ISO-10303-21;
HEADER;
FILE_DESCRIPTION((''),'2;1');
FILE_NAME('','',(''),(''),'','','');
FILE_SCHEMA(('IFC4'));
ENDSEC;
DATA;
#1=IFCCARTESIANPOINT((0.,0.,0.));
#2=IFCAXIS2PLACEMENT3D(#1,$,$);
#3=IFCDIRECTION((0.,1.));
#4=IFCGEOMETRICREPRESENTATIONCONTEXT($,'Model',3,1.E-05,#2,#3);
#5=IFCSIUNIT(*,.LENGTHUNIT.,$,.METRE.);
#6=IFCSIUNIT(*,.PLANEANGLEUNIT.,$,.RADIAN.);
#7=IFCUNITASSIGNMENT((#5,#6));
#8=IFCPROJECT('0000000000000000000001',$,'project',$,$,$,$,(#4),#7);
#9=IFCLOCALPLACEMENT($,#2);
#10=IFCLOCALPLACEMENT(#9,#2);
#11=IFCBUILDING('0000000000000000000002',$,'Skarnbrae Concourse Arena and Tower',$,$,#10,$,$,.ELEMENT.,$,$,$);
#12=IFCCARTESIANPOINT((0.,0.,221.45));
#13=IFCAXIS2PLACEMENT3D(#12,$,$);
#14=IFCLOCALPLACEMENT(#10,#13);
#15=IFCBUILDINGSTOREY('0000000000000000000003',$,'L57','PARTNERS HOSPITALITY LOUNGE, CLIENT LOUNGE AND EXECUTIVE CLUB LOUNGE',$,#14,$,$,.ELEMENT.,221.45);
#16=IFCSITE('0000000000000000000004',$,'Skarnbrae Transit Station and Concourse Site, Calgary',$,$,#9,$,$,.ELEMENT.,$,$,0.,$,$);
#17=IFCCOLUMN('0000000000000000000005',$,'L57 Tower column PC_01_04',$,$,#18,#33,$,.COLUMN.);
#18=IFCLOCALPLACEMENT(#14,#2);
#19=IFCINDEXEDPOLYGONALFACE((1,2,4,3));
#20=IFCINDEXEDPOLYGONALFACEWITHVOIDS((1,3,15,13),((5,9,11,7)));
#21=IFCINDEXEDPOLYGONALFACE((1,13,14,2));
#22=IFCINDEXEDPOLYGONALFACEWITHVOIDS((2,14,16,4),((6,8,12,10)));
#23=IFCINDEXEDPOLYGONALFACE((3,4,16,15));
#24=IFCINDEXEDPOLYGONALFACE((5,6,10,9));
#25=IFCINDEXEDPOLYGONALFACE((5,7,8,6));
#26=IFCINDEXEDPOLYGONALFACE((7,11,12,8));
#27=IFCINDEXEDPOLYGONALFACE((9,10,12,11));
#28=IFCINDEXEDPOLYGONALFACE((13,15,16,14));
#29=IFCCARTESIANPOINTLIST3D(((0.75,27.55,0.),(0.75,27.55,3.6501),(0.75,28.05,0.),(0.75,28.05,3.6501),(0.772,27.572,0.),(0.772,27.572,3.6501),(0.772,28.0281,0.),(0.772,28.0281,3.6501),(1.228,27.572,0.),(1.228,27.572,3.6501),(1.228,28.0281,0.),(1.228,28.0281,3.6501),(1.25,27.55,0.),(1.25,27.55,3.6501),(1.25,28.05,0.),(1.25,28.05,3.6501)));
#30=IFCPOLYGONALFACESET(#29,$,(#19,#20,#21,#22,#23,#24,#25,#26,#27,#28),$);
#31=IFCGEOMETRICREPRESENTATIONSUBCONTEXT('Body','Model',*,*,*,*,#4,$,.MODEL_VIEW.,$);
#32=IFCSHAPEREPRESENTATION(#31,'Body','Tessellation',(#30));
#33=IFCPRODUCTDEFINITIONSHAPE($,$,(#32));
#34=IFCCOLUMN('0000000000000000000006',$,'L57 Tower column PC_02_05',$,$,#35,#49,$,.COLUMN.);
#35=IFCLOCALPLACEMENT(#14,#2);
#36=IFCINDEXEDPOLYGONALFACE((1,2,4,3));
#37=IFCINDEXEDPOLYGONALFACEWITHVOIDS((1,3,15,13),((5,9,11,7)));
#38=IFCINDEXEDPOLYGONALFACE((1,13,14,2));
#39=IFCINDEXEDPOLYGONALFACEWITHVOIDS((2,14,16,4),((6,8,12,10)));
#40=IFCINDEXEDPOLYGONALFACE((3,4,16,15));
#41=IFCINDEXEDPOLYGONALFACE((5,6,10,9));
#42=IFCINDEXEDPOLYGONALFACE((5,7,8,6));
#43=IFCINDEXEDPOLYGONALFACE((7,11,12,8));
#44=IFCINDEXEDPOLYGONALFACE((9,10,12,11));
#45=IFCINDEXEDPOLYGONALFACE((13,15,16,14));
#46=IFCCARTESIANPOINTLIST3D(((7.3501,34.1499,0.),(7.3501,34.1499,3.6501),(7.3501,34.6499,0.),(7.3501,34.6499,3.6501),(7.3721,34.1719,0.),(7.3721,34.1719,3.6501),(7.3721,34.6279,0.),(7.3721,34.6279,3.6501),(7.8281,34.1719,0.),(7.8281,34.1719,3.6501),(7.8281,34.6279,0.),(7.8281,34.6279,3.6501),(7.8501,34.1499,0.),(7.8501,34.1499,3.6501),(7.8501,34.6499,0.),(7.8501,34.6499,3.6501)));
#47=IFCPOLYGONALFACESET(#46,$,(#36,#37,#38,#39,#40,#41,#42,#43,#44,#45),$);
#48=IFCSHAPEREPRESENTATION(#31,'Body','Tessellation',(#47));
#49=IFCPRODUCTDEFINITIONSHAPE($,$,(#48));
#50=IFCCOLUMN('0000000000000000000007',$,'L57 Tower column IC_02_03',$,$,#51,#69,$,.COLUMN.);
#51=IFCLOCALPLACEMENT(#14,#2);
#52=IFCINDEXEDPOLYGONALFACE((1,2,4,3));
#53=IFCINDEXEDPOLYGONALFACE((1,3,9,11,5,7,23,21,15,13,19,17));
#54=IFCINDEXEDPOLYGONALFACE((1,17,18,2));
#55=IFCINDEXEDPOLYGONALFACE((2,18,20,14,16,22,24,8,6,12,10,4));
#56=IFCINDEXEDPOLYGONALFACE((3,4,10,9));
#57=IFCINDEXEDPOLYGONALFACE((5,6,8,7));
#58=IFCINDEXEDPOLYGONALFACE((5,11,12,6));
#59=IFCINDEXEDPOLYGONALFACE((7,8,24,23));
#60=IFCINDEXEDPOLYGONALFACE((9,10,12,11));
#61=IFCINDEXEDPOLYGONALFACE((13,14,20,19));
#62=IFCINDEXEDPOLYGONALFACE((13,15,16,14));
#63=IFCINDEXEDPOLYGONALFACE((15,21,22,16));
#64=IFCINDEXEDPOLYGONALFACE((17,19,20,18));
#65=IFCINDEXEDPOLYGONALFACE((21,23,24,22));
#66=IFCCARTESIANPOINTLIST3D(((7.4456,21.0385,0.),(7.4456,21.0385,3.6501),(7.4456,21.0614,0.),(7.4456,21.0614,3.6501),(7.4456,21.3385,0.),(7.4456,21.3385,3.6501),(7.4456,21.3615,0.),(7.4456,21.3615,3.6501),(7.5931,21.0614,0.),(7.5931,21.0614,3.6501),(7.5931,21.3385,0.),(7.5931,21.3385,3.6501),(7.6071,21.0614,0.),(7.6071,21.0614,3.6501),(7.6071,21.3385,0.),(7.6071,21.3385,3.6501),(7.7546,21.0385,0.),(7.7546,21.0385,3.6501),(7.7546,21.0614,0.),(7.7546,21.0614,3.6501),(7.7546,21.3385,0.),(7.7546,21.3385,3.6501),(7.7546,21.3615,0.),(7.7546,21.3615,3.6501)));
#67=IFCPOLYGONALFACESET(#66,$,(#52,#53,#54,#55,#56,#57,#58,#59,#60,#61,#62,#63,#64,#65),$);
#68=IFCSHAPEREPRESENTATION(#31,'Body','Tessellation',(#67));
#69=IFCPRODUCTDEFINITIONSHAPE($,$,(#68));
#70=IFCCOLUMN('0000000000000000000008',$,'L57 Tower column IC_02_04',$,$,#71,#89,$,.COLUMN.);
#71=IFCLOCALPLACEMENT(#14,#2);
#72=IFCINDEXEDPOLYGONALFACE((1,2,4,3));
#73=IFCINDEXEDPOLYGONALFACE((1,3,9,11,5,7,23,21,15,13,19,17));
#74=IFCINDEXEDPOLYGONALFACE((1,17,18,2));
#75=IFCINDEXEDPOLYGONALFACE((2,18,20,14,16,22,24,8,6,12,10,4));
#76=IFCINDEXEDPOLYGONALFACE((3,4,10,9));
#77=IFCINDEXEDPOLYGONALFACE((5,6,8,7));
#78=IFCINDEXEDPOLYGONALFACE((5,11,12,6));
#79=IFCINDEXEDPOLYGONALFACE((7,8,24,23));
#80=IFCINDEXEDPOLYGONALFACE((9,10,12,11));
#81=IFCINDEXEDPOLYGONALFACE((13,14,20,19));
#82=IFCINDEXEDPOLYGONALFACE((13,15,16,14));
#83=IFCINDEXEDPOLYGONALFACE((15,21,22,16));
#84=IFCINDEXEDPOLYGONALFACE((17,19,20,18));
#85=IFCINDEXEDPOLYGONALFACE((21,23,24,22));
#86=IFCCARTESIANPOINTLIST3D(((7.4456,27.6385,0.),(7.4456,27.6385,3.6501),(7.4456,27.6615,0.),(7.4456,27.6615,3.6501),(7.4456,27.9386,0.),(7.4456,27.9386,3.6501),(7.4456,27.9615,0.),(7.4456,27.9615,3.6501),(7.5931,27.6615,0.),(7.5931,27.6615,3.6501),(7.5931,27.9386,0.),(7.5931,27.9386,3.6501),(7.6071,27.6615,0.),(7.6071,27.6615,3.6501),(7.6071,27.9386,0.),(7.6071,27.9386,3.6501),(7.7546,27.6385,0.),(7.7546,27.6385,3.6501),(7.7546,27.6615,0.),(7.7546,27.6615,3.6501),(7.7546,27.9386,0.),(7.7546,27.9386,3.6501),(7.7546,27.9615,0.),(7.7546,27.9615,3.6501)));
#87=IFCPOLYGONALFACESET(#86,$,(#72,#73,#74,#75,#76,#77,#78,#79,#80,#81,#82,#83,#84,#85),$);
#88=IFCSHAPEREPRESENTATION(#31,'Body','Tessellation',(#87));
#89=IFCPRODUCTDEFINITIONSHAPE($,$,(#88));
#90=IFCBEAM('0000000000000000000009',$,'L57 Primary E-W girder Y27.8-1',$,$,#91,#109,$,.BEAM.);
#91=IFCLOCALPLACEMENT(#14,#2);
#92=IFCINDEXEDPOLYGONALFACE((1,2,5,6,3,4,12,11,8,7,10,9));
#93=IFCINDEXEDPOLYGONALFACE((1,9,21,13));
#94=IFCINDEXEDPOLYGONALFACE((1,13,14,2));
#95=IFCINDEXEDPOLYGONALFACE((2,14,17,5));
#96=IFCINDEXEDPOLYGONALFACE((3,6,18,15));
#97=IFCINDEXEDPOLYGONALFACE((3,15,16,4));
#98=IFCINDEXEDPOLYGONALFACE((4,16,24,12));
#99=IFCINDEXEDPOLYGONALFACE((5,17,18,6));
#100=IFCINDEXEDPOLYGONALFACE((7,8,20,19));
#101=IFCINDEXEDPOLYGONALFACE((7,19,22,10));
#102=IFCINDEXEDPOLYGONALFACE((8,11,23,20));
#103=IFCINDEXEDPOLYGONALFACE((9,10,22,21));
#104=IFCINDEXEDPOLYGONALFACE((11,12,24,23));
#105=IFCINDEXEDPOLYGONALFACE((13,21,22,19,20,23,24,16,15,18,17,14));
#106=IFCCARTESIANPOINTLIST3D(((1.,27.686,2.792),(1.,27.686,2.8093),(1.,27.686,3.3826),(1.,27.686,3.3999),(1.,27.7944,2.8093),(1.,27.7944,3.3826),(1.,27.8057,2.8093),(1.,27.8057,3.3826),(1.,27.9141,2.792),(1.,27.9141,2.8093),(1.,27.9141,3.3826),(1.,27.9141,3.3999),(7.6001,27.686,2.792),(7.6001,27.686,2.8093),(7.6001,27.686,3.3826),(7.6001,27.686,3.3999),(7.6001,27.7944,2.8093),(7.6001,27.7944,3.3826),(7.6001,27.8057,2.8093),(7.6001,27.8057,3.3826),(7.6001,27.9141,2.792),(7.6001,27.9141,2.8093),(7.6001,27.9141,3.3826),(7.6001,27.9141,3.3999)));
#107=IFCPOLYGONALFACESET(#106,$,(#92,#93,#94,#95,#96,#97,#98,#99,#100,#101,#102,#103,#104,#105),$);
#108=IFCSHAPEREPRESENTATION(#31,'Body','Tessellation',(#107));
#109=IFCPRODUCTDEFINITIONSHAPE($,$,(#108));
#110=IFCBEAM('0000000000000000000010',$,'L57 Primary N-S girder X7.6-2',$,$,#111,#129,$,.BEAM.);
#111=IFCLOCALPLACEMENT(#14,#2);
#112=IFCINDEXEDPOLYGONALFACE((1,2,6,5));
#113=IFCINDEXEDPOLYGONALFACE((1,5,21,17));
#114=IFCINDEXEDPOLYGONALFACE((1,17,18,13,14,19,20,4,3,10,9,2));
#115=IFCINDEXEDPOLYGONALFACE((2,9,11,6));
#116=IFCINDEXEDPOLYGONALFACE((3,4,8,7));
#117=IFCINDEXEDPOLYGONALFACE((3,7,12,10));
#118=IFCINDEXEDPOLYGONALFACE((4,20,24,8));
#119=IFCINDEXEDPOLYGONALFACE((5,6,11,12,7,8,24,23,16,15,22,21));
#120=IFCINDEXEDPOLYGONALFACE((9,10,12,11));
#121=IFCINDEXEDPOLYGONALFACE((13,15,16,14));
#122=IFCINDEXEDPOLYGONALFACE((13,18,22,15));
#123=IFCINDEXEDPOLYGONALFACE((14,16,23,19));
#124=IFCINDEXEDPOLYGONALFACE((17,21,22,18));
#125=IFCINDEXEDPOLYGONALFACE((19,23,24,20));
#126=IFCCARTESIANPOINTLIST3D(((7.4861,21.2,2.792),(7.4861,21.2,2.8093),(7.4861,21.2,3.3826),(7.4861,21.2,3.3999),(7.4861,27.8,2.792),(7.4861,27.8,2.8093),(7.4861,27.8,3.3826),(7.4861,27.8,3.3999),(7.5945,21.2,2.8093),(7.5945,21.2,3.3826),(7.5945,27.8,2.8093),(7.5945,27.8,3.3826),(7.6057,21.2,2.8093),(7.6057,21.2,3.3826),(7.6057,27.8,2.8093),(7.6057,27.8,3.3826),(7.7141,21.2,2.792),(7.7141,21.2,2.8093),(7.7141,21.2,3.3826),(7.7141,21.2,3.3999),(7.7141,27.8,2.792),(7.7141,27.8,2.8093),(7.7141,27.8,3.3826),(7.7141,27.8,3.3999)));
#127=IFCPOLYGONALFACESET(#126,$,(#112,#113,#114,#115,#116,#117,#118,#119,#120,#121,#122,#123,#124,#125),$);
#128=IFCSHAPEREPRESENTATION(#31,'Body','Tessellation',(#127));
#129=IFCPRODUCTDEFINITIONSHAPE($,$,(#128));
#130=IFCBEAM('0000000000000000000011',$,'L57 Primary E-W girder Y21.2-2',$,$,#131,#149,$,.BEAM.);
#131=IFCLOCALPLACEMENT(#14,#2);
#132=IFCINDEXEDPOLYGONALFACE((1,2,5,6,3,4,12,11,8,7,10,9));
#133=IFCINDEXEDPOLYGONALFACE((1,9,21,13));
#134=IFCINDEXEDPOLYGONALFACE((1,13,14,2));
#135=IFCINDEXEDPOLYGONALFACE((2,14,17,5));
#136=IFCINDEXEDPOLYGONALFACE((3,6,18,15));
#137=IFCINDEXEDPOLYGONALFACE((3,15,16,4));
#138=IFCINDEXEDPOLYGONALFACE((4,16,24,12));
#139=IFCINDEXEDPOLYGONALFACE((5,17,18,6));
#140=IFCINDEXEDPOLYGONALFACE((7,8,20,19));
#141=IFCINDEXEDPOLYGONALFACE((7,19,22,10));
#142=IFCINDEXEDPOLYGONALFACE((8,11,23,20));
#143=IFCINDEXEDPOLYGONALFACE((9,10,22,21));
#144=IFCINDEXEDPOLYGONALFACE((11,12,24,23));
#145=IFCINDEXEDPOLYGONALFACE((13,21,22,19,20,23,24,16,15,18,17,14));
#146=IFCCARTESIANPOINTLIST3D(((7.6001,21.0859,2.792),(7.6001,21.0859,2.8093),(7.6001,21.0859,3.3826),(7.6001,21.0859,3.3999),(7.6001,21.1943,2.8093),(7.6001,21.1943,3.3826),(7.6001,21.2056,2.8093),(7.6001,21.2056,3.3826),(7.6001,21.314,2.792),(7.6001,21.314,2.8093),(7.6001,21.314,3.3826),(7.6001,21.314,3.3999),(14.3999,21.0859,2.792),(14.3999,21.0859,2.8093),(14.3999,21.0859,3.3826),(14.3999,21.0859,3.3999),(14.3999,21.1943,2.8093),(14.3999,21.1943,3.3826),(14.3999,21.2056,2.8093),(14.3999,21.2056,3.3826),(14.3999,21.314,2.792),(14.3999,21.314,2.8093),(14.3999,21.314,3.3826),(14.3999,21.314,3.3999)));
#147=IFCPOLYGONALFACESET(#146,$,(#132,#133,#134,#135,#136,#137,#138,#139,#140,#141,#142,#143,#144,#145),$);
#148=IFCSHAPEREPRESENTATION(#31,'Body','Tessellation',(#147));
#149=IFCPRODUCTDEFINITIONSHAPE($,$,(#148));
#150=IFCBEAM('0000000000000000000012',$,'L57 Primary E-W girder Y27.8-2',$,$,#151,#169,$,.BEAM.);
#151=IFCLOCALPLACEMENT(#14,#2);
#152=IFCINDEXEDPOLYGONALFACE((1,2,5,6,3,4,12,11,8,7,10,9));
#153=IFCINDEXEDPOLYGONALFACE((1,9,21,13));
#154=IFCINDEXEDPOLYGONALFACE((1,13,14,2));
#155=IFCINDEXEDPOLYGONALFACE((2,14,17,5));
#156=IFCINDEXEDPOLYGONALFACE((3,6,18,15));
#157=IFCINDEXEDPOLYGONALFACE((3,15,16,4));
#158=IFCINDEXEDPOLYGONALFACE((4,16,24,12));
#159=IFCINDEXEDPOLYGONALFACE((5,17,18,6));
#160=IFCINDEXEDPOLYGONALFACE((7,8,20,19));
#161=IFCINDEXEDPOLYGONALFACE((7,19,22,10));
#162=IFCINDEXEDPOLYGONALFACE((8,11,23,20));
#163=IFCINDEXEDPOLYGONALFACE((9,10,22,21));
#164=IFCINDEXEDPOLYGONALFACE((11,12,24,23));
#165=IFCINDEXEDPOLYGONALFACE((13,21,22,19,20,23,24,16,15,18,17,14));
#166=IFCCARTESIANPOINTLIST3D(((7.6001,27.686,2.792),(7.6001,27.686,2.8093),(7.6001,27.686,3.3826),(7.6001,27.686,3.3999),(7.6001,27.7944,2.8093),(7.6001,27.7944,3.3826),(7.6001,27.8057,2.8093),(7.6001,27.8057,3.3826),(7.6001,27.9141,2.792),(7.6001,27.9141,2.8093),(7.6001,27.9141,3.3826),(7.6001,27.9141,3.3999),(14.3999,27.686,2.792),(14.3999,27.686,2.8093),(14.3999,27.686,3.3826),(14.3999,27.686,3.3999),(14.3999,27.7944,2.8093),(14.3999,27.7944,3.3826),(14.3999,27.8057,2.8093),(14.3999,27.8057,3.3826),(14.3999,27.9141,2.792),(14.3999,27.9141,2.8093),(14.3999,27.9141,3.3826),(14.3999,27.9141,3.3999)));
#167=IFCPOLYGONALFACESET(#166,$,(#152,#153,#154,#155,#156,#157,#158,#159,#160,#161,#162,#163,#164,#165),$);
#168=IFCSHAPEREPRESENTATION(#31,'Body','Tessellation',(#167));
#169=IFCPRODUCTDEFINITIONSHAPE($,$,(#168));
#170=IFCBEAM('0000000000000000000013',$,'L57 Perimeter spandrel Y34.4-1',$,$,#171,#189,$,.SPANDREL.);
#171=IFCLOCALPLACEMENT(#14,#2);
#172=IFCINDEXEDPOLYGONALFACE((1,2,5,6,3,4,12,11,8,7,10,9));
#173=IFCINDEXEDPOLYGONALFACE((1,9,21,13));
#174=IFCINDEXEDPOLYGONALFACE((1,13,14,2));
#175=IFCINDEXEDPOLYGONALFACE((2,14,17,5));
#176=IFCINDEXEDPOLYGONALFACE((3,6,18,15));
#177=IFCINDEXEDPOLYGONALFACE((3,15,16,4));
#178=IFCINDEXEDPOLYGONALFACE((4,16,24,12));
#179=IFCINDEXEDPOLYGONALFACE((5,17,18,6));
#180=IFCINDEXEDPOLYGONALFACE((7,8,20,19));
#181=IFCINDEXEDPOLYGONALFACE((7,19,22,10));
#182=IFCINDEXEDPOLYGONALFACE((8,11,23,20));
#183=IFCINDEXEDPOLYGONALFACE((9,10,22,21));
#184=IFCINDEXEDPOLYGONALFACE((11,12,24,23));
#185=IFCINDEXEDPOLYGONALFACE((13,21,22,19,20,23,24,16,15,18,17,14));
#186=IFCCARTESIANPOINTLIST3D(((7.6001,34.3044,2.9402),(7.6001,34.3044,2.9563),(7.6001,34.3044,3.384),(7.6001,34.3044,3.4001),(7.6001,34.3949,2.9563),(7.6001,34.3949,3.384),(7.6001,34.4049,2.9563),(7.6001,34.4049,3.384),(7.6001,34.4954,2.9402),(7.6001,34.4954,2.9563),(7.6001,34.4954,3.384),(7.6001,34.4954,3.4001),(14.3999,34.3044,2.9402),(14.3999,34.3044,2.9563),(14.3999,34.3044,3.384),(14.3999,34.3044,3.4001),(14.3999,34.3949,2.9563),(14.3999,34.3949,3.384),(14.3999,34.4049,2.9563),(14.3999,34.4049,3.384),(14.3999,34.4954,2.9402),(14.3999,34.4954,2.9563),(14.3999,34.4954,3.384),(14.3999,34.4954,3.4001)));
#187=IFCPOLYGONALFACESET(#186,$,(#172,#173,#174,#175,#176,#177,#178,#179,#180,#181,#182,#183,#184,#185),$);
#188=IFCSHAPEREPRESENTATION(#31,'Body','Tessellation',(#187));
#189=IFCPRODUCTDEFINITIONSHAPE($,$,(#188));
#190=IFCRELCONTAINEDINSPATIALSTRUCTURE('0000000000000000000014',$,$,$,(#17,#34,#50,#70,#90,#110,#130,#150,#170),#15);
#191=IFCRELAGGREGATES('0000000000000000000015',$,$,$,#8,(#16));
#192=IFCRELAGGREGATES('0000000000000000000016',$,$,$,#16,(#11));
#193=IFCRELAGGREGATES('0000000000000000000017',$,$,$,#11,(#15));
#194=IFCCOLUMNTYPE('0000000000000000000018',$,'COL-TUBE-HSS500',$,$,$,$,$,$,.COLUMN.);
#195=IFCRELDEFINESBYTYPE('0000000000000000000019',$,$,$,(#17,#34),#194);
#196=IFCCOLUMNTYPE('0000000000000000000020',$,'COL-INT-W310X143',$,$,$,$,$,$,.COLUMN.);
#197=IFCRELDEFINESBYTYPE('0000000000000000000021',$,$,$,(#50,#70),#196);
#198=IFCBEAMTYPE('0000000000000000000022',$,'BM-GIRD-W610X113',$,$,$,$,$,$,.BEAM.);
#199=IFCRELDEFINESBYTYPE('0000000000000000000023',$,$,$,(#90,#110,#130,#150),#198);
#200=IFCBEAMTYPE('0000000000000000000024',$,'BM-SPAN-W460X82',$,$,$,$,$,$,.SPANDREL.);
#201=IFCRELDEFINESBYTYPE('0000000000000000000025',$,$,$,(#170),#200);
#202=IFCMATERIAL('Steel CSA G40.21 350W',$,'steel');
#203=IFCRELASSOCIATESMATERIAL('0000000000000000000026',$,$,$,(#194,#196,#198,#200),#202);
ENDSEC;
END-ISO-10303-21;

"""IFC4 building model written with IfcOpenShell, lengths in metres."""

from ifc_helpers import new_model, si_unit, direction, frame, origin, origin_2d, place, context, subcontext, project, spatial, hollow_rectangle, i_section, extrude, source, transform, mapped, material, material_profile, profile_set, type_object, element, save


model = new_model("IFC4")

# Units and contexts
model_context = context("Model", 3, precision=1e-05, world=origin(), true_north=direction((0.0, 1.0)))
body_context = subcontext(model_context, "Body", "Model", "MODEL_VIEW")
ifc_project = project(units=[si_unit("LENGTHUNIT", "METRE"), si_unit("PLANEANGLEUNIT", "RADIAN")], contexts=[model_context])

# Site, building, storey
site_placement = place(None, origin())
site = spatial("IfcSite", under=ifc_project, at=site_placement, Name="Skarnbrae Transit Station and Concourse Site, Calgary", CompositionType="ELEMENT", RefElevation=0.0)
building_placement = place(site_placement, origin())
building = spatial("IfcBuilding", under=site, at=building_placement, Name="Skarnbrae Concourse Arena and Tower", CompositionType="ELEMENT")
storey_placement = place(building_placement, frame((0.0, 0.0, 221.45)))
storey = spatial("IfcBuildingStorey", under=building, at=storey_placement, Name="L57", Description="PARTNERS HOSPITALITY LOUNGE, CLIENT LOUNGE AND EXECUTIVE CLUB LOUNGE", CompositionType="ELEMENT", Elevation=221.45)

# Columns
ifc_material_1 = material(Name="Steel CSA G40.21 350W", Category="steel")
ifc_material_profile_1 = material_profile(ifc_material_1, hollow_rectangle(XDim=0.5, YDim=0.5, WallThickness=0.022, at=origin_2d()), Name="HSS500X500X22.0")
ifc_profile_set_1 = profile_set([ifc_material_profile_1], Name="Steel CSA G40.21 350W")
column_type_1 = type_object("IfcColumnType", Name="COL-TUBE-HSS500", PredefinedType="COLUMN", material=ifc_profile_set_1)
shared_shape_1 = source(origin(), body_context, "Body", "SweptSolid", [
    extrude(hollow_rectangle(XDim=0.5, YDim=0.5, WallThickness=0.022, at=origin_2d()), origin(), (0.0, 0.0, 1.0), 3.6501),
])
for number, where, z_axis, x_axis, name in (
    (1, (1.0, 27.8, 0.0), (0.0, 0.0, 1.0), (1.0, 0.0, 0.0), "L57 Tower column PC_01_04"),
    (2, (7.6001, 34.3999, 0.0), (0.0, 0.0, 1.0), (1.0, 0.0, 0.0), "L57 Tower column PC_02_05"),
):
    element("IfcColumn", number, at=place(storey_placement, frame(where, z_axis=z_axis, x_axis=x_axis)), inside=storey, type_object=column_type_1, Name=name, PredefinedType="COLUMN", context=body_context, shape_type="MappedRepresentation", body=[
        mapped(shared_shape_1, transform((0.0, 0.0, 0.0))),
    ])
ifc_material_profile_2 = material_profile(ifc_material_1, i_section(OverallWidth=0.3091, OverallDepth=0.323, WebThickness=0.0139, FlangeThickness=0.0229, at=origin_2d()), Name="W310X143")
ifc_profile_set_2 = profile_set([ifc_material_profile_2], Name="Steel CSA G40.21 350W")
column_type_2 = type_object("IfcColumnType", Name="COL-INT-W310X143", PredefinedType="COLUMN", material=ifc_profile_set_2)
shared_shape_2 = source(origin(), body_context, "Body", "SweptSolid", [
    extrude(i_section(OverallWidth=0.3091, OverallDepth=0.323, WebThickness=0.0139, FlangeThickness=0.0229, at=origin_2d()), origin(), (0.0, 0.0, 1.0), 3.6501),
])
for number, where, z_axis, x_axis, name in (
    (3, (7.6001, 21.2, 0.0), (0.0, 0.0, 1.0), (1.0, 0.0, 0.0), "L57 Tower column IC_02_03"),
    (4, (7.6001, 27.8, 0.0), (0.0, 0.0, 1.0), (1.0, 0.0, 0.0), "L57 Tower column IC_02_04"),
):
    element("IfcColumn", number, at=place(storey_placement, frame(where, z_axis=z_axis, x_axis=x_axis)), inside=storey, type_object=column_type_2, Name=name, PredefinedType="COLUMN", context=body_context, shape_type="MappedRepresentation", body=[
        mapped(shared_shape_2, transform((0.0, 0.0, 0.0))),
    ])

# Beams
ifc_material_profile_3 = material_profile(ifc_material_1, i_section(OverallWidth=0.228, OverallDepth=0.6079, WebThickness=0.0112, FlangeThickness=0.0173, at=origin_2d()), Name="W610X113")
ifc_profile_set_3 = profile_set([ifc_material_profile_3], Name="Steel CSA G40.21 350W")
beam_type_1 = type_object("IfcBeamType", Name="BM-GIRD-W610X113", PredefinedType="BEAM", material=ifc_profile_set_3)
shared_shape_3 = source(origin(), body_context, "Body", "SweptSolid", [
    extrude(i_section(OverallWidth=0.228, OverallDepth=0.6079, WebThickness=0.0112, FlangeThickness=0.0173, at=origin_2d()), origin(), (0.0, 0.0, 1.0), 6.6001),
])
for number, where, z_axis, x_axis, name in (
    (5, (1.0, 27.8, 3.0959), (1.0, 0.0, 0.0), (0.0, 1.0, 0.0), "L57 Primary E-W girder Y27.8-1"),
    (6, (7.6001, 21.2, 3.0959), (0.0, 1.0, 0.0), (-1.0, 0.0, 0.0), "L57 Primary N-S girder X7.6-2"),
):
    element("IfcBeam", number, at=place(storey_placement, frame(where, z_axis=z_axis, x_axis=x_axis)), inside=storey, type_object=beam_type_1, Name=name, PredefinedType="BEAM", context=body_context, shape_type="MappedRepresentation", body=[
        mapped(shared_shape_3, transform((0.0, 0.0, 0.0))),
    ])
shared_shape_4 = source(origin(), body_context, "Body", "SweptSolid", [
    extrude(i_section(OverallWidth=0.228, OverallDepth=0.6079, WebThickness=0.0112, FlangeThickness=0.0173, at=origin_2d()), origin(), (0.0, 0.0, 1.0), 6.7998),
])
for number, where, z_axis, x_axis, name in (
    (7, (7.6001, 21.2, 3.0959), (1.0, 0.0, 0.0), (0.0, 1.0, 0.0), "L57 Primary E-W girder Y21.2-2"),
    (8, (7.6001, 27.8, 3.0959), (1.0, 0.0, 0.0), (0.0, 1.0, 0.0), "L57 Primary E-W girder Y27.8-2"),
):
    element("IfcBeam", number, at=place(storey_placement, frame(where, z_axis=z_axis, x_axis=x_axis)), inside=storey, type_object=beam_type_1, Name=name, PredefinedType="BEAM", context=body_context, shape_type="MappedRepresentation", body=[
        mapped(shared_shape_4, transform((0.0, 0.0, 0.0))),
    ])
ifc_material_profile_4 = material_profile(ifc_material_1, i_section(OverallWidth=0.1909, OverallDepth=0.46, WebThickness=0.01, FlangeThickness=0.0161, at=origin_2d()), Name="W460X82")
ifc_profile_set_4 = profile_set([ifc_material_profile_4], Name="Steel CSA G40.21 350W")
beam_type_2 = type_object("IfcBeamType", Name="BM-SPAN-W460X82", PredefinedType="SPANDREL", material=ifc_profile_set_4)
shared_shape_5 = source(origin(), body_context, "Body", "SweptSolid", [
    extrude(i_section(OverallWidth=0.1909, OverallDepth=0.46, WebThickness=0.01, FlangeThickness=0.0161, at=origin_2d()), origin(), (0.0, 0.0, 1.0), 6.7998),
])
beam_1_placement = place(storey_placement, frame((7.6001, 34.3999, 3.1702), z_axis=(1.0, 0.0, 0.0), x_axis=(0.0, 1.0, 0.0)))
element("IfcBeam", 9, at=beam_1_placement, inside=storey, type_object=beam_type_2, Name="L57 Perimeter spandrel Y34.4-1", PredefinedType="SPANDREL", context=body_context, shape_type="MappedRepresentation", body=[
    mapped(shared_shape_5, transform((0.0, 0.0, 0.0))),
])

save(model, "model.ifc")
